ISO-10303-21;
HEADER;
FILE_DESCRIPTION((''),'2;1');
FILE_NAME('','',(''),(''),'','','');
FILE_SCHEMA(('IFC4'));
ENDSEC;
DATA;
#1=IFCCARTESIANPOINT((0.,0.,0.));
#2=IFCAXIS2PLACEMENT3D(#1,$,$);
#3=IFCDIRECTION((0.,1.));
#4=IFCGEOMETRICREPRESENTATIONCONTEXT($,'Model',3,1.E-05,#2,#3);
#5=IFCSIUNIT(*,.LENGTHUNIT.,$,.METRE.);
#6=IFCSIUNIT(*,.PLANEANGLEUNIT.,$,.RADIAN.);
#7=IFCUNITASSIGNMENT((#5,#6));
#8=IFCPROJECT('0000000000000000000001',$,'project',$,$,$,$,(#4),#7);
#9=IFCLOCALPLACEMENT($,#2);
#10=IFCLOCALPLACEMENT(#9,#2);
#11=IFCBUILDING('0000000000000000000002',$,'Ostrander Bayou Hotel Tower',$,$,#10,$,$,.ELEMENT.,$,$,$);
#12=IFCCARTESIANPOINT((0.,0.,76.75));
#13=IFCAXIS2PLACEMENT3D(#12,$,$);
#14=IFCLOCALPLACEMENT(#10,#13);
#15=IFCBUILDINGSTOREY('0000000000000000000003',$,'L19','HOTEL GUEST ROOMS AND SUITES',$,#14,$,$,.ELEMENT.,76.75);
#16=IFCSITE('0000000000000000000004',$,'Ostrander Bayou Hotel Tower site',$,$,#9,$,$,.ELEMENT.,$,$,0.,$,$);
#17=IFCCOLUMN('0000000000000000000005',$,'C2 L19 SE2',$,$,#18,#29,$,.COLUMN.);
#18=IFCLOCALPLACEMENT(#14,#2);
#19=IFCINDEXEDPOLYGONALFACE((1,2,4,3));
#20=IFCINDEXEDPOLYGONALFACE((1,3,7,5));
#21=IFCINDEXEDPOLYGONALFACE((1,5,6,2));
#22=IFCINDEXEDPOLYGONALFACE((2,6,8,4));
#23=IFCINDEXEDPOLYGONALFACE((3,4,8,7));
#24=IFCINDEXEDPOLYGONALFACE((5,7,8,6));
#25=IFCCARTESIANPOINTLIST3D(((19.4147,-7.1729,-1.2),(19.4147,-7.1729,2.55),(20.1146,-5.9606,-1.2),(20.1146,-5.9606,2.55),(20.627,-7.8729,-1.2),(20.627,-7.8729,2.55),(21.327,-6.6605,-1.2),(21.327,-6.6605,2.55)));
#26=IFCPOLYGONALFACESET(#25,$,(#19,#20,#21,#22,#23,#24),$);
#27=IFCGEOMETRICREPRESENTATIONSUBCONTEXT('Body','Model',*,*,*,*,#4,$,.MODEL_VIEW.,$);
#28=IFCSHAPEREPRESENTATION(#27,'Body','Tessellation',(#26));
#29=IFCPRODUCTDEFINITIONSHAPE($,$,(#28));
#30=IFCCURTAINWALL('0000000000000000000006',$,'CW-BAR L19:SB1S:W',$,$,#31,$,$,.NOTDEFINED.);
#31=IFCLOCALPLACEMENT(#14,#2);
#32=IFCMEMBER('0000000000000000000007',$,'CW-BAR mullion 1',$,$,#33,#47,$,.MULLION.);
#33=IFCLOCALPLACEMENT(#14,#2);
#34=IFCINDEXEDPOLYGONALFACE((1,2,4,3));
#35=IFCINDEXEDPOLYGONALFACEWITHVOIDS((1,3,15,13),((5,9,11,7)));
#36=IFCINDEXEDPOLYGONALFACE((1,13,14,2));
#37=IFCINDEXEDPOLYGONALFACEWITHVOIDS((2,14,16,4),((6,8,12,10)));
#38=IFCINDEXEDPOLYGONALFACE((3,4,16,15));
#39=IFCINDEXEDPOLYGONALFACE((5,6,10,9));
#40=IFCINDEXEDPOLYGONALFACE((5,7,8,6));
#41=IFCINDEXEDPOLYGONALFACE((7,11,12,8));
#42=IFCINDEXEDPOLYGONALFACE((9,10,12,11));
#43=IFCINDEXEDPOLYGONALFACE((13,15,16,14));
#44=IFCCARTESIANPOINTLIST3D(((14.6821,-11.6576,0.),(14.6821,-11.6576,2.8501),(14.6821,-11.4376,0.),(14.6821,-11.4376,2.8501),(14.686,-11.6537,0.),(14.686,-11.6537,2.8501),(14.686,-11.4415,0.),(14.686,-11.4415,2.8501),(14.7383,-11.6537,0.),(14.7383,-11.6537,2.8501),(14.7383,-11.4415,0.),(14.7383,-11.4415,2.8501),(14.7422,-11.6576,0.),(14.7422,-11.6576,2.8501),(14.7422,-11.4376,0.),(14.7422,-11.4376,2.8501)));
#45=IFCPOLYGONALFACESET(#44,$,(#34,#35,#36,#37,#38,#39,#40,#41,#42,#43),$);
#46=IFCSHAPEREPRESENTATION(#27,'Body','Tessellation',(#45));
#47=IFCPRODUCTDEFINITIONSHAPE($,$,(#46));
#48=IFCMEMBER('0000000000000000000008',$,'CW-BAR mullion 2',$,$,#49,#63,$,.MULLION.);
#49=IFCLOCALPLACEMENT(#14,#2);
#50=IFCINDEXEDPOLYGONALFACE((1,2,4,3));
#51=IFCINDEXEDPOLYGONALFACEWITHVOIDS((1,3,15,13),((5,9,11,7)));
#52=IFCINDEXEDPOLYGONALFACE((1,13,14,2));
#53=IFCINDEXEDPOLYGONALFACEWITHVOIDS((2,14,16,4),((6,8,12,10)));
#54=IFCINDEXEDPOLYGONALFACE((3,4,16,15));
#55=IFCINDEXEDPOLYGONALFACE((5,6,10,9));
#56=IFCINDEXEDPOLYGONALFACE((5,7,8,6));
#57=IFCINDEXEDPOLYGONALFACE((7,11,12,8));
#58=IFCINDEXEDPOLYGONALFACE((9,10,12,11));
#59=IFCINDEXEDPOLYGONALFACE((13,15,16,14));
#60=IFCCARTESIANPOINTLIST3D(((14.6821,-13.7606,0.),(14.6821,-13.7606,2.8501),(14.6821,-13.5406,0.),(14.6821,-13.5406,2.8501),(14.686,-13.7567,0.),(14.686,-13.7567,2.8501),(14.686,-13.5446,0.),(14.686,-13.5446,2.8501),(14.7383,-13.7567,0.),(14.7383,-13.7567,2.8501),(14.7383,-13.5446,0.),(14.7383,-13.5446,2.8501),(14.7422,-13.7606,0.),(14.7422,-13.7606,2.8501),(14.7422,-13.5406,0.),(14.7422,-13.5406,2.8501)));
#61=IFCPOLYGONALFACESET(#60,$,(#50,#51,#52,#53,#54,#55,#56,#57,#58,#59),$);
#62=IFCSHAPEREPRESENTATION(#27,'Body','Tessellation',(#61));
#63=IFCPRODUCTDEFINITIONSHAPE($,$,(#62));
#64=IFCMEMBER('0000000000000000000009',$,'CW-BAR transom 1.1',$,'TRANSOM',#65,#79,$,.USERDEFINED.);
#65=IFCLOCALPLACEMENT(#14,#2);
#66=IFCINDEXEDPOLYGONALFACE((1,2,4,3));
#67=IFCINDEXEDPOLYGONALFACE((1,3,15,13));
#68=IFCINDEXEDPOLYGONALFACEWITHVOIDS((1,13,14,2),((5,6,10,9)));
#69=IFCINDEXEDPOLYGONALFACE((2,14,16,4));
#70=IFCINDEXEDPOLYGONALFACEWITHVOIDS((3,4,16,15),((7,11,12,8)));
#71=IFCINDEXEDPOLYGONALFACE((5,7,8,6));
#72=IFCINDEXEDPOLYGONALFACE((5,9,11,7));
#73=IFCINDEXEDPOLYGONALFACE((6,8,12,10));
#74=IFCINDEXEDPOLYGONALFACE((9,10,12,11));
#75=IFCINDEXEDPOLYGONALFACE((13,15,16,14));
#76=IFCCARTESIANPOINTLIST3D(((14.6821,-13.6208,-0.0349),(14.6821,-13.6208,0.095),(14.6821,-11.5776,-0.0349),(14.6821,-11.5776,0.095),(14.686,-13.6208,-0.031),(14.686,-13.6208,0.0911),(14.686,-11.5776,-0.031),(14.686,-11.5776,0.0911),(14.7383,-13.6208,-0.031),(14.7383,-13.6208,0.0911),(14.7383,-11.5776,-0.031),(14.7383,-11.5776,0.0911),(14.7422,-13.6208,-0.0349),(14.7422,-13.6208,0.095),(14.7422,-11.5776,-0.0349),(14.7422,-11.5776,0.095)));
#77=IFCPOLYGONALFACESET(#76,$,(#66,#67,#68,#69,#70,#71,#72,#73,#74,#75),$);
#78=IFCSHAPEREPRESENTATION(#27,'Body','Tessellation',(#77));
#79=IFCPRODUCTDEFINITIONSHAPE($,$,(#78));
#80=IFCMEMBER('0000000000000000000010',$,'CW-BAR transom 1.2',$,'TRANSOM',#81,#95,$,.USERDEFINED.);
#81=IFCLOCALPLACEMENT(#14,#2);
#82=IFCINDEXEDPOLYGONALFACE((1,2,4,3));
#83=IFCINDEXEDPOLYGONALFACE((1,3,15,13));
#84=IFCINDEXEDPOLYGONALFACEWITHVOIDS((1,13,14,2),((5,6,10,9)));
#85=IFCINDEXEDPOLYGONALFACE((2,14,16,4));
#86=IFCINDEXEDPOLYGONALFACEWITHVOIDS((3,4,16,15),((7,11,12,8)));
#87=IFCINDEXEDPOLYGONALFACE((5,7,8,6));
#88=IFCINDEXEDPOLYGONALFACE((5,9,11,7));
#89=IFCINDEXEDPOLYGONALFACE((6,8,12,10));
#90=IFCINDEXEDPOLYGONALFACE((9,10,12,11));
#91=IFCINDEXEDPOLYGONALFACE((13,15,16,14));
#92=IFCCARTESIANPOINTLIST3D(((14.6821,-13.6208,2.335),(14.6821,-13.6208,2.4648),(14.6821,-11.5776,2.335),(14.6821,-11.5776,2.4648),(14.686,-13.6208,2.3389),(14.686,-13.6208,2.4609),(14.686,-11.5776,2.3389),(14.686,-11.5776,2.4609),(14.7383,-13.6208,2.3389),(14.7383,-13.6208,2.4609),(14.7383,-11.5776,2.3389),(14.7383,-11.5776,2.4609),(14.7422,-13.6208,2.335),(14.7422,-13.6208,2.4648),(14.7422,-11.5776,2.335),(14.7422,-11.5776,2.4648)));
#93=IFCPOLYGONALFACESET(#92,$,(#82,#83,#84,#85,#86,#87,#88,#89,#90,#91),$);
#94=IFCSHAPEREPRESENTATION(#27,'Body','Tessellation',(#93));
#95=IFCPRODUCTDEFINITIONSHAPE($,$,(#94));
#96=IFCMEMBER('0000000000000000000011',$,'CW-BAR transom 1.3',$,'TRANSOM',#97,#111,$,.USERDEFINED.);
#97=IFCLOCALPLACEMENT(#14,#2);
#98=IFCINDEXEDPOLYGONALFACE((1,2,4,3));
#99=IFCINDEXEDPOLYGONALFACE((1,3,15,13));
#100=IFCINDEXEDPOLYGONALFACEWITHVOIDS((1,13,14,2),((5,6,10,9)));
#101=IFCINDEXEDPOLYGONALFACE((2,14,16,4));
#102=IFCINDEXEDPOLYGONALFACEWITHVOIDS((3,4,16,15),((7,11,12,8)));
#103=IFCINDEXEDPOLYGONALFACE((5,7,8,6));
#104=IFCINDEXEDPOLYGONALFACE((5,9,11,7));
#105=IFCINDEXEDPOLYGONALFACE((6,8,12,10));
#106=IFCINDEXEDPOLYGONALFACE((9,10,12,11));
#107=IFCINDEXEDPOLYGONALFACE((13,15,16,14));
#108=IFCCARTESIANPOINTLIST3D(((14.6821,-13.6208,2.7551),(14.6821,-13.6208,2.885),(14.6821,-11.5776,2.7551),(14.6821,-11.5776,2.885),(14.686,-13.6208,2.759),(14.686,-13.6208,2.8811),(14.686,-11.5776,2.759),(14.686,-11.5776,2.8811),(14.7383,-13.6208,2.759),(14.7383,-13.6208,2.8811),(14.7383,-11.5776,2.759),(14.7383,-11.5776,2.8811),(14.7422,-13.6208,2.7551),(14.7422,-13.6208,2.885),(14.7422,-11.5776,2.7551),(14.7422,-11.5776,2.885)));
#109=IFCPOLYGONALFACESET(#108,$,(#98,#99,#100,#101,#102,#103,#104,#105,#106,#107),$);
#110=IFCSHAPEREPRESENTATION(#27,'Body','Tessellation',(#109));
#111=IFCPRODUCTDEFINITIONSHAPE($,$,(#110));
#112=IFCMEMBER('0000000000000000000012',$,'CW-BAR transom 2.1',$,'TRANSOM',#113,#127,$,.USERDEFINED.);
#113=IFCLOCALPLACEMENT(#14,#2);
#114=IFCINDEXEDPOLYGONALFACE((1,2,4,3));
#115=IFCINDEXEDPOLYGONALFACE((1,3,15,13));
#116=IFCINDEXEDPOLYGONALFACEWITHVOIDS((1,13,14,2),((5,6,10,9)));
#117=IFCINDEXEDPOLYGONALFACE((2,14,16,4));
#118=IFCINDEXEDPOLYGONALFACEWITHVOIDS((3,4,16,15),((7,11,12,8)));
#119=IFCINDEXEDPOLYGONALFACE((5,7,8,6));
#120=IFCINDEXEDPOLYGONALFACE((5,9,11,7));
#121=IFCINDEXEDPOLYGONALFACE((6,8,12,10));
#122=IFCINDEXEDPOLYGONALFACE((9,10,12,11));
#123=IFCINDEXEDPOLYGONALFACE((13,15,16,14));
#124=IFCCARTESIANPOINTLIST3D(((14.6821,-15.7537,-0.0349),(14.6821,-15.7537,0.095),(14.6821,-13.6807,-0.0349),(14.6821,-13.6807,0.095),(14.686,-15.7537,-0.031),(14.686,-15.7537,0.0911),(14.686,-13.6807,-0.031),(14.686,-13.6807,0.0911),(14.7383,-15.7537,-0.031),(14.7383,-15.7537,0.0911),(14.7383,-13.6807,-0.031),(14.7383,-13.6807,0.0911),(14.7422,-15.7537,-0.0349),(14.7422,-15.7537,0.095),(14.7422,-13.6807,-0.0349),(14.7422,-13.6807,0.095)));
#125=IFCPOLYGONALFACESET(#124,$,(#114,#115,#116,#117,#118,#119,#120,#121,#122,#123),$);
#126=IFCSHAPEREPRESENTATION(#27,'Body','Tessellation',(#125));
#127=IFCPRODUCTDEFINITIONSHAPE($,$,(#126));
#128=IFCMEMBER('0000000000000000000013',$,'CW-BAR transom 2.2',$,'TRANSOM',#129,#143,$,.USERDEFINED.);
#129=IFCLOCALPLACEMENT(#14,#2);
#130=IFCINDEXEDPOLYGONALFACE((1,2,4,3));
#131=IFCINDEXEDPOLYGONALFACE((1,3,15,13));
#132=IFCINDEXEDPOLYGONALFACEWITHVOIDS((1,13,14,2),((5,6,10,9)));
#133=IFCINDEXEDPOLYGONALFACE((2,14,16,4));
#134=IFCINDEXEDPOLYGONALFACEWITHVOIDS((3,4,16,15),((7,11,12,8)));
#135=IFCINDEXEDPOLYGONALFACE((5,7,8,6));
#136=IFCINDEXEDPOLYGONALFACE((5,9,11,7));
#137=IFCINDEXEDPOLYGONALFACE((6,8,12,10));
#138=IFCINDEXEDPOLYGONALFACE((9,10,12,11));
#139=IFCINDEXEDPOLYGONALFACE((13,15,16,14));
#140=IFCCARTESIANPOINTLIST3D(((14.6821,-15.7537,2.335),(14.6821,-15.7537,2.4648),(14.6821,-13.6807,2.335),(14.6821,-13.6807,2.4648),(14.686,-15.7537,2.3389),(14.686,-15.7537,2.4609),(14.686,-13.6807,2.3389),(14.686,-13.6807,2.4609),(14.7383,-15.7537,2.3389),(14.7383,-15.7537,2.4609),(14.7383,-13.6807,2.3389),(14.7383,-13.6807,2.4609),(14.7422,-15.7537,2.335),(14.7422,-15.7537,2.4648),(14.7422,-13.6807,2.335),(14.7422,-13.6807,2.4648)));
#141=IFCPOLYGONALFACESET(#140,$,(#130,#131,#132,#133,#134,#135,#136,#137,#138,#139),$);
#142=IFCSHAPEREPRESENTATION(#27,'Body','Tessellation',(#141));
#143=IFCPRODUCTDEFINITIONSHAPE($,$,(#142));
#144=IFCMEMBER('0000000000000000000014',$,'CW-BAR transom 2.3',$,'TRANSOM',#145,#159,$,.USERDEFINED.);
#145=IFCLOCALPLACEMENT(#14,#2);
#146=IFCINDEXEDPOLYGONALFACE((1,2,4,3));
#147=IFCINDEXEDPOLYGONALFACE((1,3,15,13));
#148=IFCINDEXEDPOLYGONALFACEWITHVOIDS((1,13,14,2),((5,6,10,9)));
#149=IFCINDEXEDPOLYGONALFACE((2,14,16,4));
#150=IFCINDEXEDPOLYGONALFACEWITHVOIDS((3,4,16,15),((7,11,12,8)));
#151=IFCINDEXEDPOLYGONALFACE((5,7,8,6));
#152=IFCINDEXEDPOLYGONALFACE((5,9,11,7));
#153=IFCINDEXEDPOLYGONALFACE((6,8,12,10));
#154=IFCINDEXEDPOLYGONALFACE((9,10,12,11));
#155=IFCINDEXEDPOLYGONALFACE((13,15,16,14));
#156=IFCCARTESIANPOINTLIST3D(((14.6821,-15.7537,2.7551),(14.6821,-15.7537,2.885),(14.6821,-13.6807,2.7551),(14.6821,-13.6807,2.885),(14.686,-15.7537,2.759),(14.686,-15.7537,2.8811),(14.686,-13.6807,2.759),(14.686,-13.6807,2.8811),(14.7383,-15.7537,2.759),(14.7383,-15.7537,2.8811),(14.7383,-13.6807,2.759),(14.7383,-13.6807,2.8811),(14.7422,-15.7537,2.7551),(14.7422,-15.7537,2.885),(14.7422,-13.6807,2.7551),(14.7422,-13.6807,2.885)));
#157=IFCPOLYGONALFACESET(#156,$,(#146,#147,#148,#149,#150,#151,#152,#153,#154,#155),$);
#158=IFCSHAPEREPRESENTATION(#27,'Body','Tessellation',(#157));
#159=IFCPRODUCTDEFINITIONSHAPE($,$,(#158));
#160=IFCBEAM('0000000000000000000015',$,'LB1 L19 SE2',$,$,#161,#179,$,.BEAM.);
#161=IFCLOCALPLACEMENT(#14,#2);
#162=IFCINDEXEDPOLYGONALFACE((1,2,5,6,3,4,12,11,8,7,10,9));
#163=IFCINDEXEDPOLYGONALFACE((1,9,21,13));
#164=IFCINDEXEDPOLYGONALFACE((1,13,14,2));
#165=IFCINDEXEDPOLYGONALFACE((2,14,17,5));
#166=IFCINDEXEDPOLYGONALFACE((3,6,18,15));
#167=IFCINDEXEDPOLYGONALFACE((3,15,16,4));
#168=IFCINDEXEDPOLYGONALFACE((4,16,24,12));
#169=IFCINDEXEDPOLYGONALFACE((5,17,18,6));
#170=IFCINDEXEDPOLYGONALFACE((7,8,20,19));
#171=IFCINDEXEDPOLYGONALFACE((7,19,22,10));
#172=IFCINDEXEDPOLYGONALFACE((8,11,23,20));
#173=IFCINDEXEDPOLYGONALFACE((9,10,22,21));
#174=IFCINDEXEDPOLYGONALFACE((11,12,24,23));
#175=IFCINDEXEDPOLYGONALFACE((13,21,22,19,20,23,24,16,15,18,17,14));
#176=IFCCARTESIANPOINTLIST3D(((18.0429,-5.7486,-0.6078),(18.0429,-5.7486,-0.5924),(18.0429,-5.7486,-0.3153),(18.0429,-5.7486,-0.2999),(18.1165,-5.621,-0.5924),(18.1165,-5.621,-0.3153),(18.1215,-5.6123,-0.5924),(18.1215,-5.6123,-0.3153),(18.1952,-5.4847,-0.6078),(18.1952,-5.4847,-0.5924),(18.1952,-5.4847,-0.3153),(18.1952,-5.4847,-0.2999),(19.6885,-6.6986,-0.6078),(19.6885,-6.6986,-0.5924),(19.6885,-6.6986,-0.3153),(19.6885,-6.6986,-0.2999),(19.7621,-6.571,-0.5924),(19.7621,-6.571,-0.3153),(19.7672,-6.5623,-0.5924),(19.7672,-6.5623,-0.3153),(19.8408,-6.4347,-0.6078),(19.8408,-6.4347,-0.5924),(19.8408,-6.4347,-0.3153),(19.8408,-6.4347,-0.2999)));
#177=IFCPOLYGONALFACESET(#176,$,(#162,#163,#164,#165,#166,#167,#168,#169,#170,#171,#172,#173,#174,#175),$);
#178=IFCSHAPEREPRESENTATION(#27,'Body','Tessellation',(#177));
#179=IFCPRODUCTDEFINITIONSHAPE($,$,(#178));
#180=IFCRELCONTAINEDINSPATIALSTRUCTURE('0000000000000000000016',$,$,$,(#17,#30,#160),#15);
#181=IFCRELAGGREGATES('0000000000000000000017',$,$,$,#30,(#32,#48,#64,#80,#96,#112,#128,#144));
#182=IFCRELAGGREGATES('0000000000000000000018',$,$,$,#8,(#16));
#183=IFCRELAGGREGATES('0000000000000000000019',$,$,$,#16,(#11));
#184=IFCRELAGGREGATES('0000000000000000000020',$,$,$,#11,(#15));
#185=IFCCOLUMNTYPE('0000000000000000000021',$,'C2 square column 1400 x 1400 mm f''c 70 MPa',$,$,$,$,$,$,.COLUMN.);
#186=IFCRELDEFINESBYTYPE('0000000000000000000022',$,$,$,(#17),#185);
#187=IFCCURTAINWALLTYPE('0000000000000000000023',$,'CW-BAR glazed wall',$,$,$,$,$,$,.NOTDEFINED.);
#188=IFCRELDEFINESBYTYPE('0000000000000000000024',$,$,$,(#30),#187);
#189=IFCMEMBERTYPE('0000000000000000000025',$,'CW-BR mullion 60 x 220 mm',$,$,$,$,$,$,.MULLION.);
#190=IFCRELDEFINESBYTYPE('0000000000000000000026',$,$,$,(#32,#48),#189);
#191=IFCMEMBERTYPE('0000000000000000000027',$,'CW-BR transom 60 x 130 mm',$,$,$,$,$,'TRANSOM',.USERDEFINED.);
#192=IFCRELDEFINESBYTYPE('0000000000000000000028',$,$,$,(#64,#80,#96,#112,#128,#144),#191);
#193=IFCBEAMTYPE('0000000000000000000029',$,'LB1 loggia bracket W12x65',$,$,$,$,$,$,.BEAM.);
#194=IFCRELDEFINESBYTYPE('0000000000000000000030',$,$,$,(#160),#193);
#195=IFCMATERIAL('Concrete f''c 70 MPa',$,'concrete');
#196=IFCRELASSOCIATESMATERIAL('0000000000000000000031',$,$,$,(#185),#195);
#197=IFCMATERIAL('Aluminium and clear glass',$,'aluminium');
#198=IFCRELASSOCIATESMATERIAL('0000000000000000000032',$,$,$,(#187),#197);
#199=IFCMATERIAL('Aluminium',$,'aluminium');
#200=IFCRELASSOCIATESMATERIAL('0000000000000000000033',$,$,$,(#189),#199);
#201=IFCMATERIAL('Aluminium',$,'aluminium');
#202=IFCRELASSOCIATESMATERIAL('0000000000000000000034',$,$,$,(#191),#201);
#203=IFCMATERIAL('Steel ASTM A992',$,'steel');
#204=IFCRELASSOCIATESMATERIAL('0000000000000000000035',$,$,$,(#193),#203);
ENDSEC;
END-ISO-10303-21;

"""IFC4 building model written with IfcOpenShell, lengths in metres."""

from ifc_helpers import new_model, si_unit, direction, frame, origin, origin_2d, place, context, subcontext, project, spatial, rectangle, hollow_rectangle, i_section, extrude, material, material_profile, profile_set, type_object, element, aggregate, save


model = new_model("IFC4")

# Units and contexts
model_context = context("Model", 3, precision=1e-05, world=origin(), true_north=direction((0.0, 1.0)))
body_context = subcontext(model_context, "Body", "Model", "MODEL_VIEW")
ifc_project = project(units=[si_unit("LENGTHUNIT", "METRE"), si_unit("PLANEANGLEUNIT", "RADIAN")], contexts=[model_context])

# Site, building, storey
site_placement = place(None, origin())
site = spatial("IfcSite", under=ifc_project, at=site_placement, Name="Ostrander Bayou Hotel Tower site", CompositionType="ELEMENT", RefElevation=0.0)
building_placement = place(site_placement, origin())
building = spatial("IfcBuilding", under=site, at=building_placement, Name="Ostrander Bayou Hotel Tower", CompositionType="ELEMENT")
storey_placement = place(building_placement, frame((0.0, 0.0, 76.75)))
storey = spatial("IfcBuildingStorey", under=building, at=storey_placement, Name="L19", Description="HOTEL GUEST ROOMS AND SUITES", CompositionType="ELEMENT", Elevation=76.75)

# Column
ifc_material_1 = material(Name="Concrete f'c 70 MPa", Category="concrete")
ifc_material_profile_1 = material_profile(ifc_material_1, rectangle(XDim=1.3999, YDim=1.3999, at=origin_2d()))
ifc_profile_set_1 = profile_set([ifc_material_profile_1], Name="Concrete f'c 70 MPa")
column_type = type_object("IfcColumnType", Name="C2 square column 1400 x 1400 mm f'c 70 MPa", PredefinedType="COLUMN", material=ifc_profile_set_1)
column_placement = place(storey_placement, frame((20.3708, -6.9167, -1.2), z_axis=(0.0, 0.0, 1.0), x_axis=(-0.5, -0.866025, 0.0)))
element("IfcColumn", 1, at=column_placement, inside=storey, type_object=column_type, Name="C2 L19 SE2", PredefinedType="COLUMN", context=body_context, shape_type="SweptSolid", body=[
    extrude(rectangle(XDim=1.3999, YDim=1.3999, at=origin_2d()), origin(), (0.0, 0.0, 1.0), 3.75),
])

# Curtain wall, members
ifc_material_2 = material(Name="Aluminium and clear glass", Category="aluminium")
curtain_wall_type = type_object("IfcCurtainWallType", Name="CW-BAR glazed wall", PredefinedType="NOTDEFINED", material=ifc_material_2)
curtain_wall_placement = place(storey_placement, origin())
curtain_wall = element("IfcCurtainWall", 2, at=curtain_wall_placement, inside=storey, type_object=curtain_wall_type, Name="CW-BAR L19:SB1S:W", PredefinedType="NOTDEFINED")
ifc_material_3 = material(Name="Aluminium", Category="aluminium")
ifc_material_profile_2 = material_profile(ifc_material_3, hollow_rectangle(XDim=0.0601, YDim=0.22, WallThickness=0.0039, at=origin_2d()))
ifc_profile_set_2 = profile_set([ifc_material_profile_2], Name="Aluminium")
member_type_1 = type_object("IfcMemberType", Name="CW-BR mullion 60 x 220 mm", PredefinedType="MULLION", material=ifc_profile_set_2)
member_1_placement = place(storey_placement, frame((14.7122, -11.5476, 0.0), z_axis=(0.0, 0.0, 1.0), x_axis=(1.0, 0.0, 0.0)))
member_1 = element("IfcMember", 3, at=member_1_placement, type_object=member_type_1, Name="CW-BAR mullion 1", PredefinedType="MULLION", context=body_context, shape_type="SweptSolid", body=[
    extrude(hollow_rectangle(XDim=0.0601, YDim=0.22, WallThickness=0.0039, at=origin_2d()), origin(), (0.0, 0.0, 1.0), 2.8501),
])
member_2_placement = place(storey_placement, frame((14.7122, -13.6506, 0.0), z_axis=(0.0, 0.0, 1.0), x_axis=(1.0, 0.0, 0.0)))
member_2 = element("IfcMember", 4, at=member_2_placement, type_object=member_type_1, Name="CW-BAR mullion 2", PredefinedType="MULLION", context=body_context, shape_type="SweptSolid", body=[
    extrude(hollow_rectangle(XDim=0.0601, YDim=0.22, WallThickness=0.0039, at=origin_2d()), origin(), (0.0, 0.0, 1.0), 2.8501),
])
ifc_material_4 = material(Name="Aluminium", Category="aluminium")
ifc_material_profile_3 = material_profile(ifc_material_4, hollow_rectangle(XDim=0.0601, YDim=0.1299, WallThickness=0.0039, at=origin_2d()))
ifc_profile_set_3 = profile_set([ifc_material_profile_3], Name="Aluminium")
member_type_2 = type_object("IfcMemberType", Name="CW-BR transom 60 x 130 mm", ElementType="TRANSOM", PredefinedType="USERDEFINED", material=ifc_profile_set_3)
member_3_placement = place(storey_placement, frame((14.7122, -11.5776, 0.03), z_axis=(0.0, -1.0, 0.0), x_axis=(1.0, 0.0, 0.0)))
member_3 = element("IfcMember", 5, at=member_3_placement, type_object=member_type_2, Name="CW-BAR transom 1.1", ObjectType="TRANSOM", PredefinedType="USERDEFINED", context=body_context, shape_type="SweptSolid", body=[
    extrude(hollow_rectangle(XDim=0.0601, YDim=0.1299, WallThickness=0.0039, at=origin_2d()), origin(), (0.0, 0.0, 1.0), 2.0432),
])
member_4_placement = place(storey_placement, frame((14.7122, -11.5776, 2.3999), z_axis=(0.0, -1.0, 0.0), x_axis=(1.0, 0.0, 0.0)))
member_4 = element("IfcMember", 6, at=member_4_placement, type_object=member_type_2, Name="CW-BAR transom 1.2", ObjectType="TRANSOM", PredefinedType="USERDEFINED", context=body_context, shape_type="SweptSolid", body=[
    extrude(hollow_rectangle(XDim=0.0601, YDim=0.1299, WallThickness=0.0039, at=origin_2d()), origin(), (0.0, 0.0, 1.0), 2.0432),
])
member_5_placement = place(storey_placement, frame((14.7122, -11.5776, 2.8201), z_axis=(0.0, -1.0, 0.0), x_axis=(1.0, 0.0, 0.0)))
member_5 = element("IfcMember", 7, at=member_5_placement, type_object=member_type_2, Name="CW-BAR transom 1.3", ObjectType="TRANSOM", PredefinedType="USERDEFINED", context=body_context, shape_type="SweptSolid", body=[
    extrude(hollow_rectangle(XDim=0.0601, YDim=0.1299, WallThickness=0.0039, at=origin_2d()), origin(), (0.0, 0.0, 1.0), 2.0432),
])
member_6_placement = place(storey_placement, frame((14.7122, -13.6807, 0.03), z_axis=(0.0, -1.0, 0.0), x_axis=(1.0, 0.0, 0.0)))
member_6 = element("IfcMember", 8, at=member_6_placement, type_object=member_type_2, Name="CW-BAR transom 2.1", ObjectType="TRANSOM", PredefinedType="USERDEFINED", context=body_context, shape_type="SweptSolid", body=[
    extrude(hollow_rectangle(XDim=0.0601, YDim=0.1299, WallThickness=0.0039, at=origin_2d()), origin(), (0.0, 0.0, 1.0), 2.073),
])
member_7_placement = place(storey_placement, frame((14.7122, -13.6807, 2.3999), z_axis=(0.0, -1.0, 0.0), x_axis=(1.0, 0.0, 0.0)))
member_7 = element("IfcMember", 9, at=member_7_placement, type_object=member_type_2, Name="CW-BAR transom 2.2", ObjectType="TRANSOM", PredefinedType="USERDEFINED", context=body_context, shape_type="SweptSolid", body=[
    extrude(hollow_rectangle(XDim=0.0601, YDim=0.1299, WallThickness=0.0039, at=origin_2d()), origin(), (0.0, 0.0, 1.0), 2.073),
])
member_8_placement = place(storey_placement, frame((14.7122, -13.6807, 2.8201), z_axis=(0.0, -1.0, 0.0), x_axis=(1.0, 0.0, 0.0)))
member_8 = element("IfcMember", 10, at=member_8_placement, type_object=member_type_2, Name="CW-BAR transom 2.3", ObjectType="TRANSOM", PredefinedType="USERDEFINED", context=body_context, shape_type="SweptSolid", body=[
    extrude(hollow_rectangle(XDim=0.0601, YDim=0.1299, WallThickness=0.0039, at=origin_2d()), origin(), (0.0, 0.0, 1.0), 2.073),
])

# Beam
ifc_material_5 = material(Name="Steel ASTM A992", Category="steel")
ifc_material_profile_4 = material_profile(ifc_material_5, i_section(OverallWidth=0.3047, OverallDepth=0.3079, WebThickness=0.01, FlangeThickness=0.0154, at=origin_2d()))
ifc_profile_set_4 = profile_set([ifc_material_profile_4], Name="Steel ASTM A992")
beam_type_1 = type_object("IfcBeamType", Name="LB1 loggia bracket W12x65", PredefinedType="BEAM", material=ifc_profile_set_4)
beam_1_placement = place(storey_placement, frame((19.7646, -6.5667, -0.4539), z_axis=(-0.866044, 0.499967, 0.0), x_axis=(-0.499967, -0.866044, 0.0)))
element("IfcBeam", 11, at=beam_1_placement, inside=storey, type_object=beam_type_1, Name="LB1 L19 SE2", PredefinedType="BEAM", context=body_context, shape_type="SweptSolid", body=[
    extrude(i_section(OverallWidth=0.3047, OverallDepth=0.3079, WebThickness=0.01, FlangeThickness=0.0154, at=origin_2d()), origin(), (0.0, 0.0, 1.0), 1.9001),
])

aggregate(curtain_wall, [member_1, member_2, member_3, member_4, member_5, member_6, member_7, member_8])

save(model, "model.ifc")
